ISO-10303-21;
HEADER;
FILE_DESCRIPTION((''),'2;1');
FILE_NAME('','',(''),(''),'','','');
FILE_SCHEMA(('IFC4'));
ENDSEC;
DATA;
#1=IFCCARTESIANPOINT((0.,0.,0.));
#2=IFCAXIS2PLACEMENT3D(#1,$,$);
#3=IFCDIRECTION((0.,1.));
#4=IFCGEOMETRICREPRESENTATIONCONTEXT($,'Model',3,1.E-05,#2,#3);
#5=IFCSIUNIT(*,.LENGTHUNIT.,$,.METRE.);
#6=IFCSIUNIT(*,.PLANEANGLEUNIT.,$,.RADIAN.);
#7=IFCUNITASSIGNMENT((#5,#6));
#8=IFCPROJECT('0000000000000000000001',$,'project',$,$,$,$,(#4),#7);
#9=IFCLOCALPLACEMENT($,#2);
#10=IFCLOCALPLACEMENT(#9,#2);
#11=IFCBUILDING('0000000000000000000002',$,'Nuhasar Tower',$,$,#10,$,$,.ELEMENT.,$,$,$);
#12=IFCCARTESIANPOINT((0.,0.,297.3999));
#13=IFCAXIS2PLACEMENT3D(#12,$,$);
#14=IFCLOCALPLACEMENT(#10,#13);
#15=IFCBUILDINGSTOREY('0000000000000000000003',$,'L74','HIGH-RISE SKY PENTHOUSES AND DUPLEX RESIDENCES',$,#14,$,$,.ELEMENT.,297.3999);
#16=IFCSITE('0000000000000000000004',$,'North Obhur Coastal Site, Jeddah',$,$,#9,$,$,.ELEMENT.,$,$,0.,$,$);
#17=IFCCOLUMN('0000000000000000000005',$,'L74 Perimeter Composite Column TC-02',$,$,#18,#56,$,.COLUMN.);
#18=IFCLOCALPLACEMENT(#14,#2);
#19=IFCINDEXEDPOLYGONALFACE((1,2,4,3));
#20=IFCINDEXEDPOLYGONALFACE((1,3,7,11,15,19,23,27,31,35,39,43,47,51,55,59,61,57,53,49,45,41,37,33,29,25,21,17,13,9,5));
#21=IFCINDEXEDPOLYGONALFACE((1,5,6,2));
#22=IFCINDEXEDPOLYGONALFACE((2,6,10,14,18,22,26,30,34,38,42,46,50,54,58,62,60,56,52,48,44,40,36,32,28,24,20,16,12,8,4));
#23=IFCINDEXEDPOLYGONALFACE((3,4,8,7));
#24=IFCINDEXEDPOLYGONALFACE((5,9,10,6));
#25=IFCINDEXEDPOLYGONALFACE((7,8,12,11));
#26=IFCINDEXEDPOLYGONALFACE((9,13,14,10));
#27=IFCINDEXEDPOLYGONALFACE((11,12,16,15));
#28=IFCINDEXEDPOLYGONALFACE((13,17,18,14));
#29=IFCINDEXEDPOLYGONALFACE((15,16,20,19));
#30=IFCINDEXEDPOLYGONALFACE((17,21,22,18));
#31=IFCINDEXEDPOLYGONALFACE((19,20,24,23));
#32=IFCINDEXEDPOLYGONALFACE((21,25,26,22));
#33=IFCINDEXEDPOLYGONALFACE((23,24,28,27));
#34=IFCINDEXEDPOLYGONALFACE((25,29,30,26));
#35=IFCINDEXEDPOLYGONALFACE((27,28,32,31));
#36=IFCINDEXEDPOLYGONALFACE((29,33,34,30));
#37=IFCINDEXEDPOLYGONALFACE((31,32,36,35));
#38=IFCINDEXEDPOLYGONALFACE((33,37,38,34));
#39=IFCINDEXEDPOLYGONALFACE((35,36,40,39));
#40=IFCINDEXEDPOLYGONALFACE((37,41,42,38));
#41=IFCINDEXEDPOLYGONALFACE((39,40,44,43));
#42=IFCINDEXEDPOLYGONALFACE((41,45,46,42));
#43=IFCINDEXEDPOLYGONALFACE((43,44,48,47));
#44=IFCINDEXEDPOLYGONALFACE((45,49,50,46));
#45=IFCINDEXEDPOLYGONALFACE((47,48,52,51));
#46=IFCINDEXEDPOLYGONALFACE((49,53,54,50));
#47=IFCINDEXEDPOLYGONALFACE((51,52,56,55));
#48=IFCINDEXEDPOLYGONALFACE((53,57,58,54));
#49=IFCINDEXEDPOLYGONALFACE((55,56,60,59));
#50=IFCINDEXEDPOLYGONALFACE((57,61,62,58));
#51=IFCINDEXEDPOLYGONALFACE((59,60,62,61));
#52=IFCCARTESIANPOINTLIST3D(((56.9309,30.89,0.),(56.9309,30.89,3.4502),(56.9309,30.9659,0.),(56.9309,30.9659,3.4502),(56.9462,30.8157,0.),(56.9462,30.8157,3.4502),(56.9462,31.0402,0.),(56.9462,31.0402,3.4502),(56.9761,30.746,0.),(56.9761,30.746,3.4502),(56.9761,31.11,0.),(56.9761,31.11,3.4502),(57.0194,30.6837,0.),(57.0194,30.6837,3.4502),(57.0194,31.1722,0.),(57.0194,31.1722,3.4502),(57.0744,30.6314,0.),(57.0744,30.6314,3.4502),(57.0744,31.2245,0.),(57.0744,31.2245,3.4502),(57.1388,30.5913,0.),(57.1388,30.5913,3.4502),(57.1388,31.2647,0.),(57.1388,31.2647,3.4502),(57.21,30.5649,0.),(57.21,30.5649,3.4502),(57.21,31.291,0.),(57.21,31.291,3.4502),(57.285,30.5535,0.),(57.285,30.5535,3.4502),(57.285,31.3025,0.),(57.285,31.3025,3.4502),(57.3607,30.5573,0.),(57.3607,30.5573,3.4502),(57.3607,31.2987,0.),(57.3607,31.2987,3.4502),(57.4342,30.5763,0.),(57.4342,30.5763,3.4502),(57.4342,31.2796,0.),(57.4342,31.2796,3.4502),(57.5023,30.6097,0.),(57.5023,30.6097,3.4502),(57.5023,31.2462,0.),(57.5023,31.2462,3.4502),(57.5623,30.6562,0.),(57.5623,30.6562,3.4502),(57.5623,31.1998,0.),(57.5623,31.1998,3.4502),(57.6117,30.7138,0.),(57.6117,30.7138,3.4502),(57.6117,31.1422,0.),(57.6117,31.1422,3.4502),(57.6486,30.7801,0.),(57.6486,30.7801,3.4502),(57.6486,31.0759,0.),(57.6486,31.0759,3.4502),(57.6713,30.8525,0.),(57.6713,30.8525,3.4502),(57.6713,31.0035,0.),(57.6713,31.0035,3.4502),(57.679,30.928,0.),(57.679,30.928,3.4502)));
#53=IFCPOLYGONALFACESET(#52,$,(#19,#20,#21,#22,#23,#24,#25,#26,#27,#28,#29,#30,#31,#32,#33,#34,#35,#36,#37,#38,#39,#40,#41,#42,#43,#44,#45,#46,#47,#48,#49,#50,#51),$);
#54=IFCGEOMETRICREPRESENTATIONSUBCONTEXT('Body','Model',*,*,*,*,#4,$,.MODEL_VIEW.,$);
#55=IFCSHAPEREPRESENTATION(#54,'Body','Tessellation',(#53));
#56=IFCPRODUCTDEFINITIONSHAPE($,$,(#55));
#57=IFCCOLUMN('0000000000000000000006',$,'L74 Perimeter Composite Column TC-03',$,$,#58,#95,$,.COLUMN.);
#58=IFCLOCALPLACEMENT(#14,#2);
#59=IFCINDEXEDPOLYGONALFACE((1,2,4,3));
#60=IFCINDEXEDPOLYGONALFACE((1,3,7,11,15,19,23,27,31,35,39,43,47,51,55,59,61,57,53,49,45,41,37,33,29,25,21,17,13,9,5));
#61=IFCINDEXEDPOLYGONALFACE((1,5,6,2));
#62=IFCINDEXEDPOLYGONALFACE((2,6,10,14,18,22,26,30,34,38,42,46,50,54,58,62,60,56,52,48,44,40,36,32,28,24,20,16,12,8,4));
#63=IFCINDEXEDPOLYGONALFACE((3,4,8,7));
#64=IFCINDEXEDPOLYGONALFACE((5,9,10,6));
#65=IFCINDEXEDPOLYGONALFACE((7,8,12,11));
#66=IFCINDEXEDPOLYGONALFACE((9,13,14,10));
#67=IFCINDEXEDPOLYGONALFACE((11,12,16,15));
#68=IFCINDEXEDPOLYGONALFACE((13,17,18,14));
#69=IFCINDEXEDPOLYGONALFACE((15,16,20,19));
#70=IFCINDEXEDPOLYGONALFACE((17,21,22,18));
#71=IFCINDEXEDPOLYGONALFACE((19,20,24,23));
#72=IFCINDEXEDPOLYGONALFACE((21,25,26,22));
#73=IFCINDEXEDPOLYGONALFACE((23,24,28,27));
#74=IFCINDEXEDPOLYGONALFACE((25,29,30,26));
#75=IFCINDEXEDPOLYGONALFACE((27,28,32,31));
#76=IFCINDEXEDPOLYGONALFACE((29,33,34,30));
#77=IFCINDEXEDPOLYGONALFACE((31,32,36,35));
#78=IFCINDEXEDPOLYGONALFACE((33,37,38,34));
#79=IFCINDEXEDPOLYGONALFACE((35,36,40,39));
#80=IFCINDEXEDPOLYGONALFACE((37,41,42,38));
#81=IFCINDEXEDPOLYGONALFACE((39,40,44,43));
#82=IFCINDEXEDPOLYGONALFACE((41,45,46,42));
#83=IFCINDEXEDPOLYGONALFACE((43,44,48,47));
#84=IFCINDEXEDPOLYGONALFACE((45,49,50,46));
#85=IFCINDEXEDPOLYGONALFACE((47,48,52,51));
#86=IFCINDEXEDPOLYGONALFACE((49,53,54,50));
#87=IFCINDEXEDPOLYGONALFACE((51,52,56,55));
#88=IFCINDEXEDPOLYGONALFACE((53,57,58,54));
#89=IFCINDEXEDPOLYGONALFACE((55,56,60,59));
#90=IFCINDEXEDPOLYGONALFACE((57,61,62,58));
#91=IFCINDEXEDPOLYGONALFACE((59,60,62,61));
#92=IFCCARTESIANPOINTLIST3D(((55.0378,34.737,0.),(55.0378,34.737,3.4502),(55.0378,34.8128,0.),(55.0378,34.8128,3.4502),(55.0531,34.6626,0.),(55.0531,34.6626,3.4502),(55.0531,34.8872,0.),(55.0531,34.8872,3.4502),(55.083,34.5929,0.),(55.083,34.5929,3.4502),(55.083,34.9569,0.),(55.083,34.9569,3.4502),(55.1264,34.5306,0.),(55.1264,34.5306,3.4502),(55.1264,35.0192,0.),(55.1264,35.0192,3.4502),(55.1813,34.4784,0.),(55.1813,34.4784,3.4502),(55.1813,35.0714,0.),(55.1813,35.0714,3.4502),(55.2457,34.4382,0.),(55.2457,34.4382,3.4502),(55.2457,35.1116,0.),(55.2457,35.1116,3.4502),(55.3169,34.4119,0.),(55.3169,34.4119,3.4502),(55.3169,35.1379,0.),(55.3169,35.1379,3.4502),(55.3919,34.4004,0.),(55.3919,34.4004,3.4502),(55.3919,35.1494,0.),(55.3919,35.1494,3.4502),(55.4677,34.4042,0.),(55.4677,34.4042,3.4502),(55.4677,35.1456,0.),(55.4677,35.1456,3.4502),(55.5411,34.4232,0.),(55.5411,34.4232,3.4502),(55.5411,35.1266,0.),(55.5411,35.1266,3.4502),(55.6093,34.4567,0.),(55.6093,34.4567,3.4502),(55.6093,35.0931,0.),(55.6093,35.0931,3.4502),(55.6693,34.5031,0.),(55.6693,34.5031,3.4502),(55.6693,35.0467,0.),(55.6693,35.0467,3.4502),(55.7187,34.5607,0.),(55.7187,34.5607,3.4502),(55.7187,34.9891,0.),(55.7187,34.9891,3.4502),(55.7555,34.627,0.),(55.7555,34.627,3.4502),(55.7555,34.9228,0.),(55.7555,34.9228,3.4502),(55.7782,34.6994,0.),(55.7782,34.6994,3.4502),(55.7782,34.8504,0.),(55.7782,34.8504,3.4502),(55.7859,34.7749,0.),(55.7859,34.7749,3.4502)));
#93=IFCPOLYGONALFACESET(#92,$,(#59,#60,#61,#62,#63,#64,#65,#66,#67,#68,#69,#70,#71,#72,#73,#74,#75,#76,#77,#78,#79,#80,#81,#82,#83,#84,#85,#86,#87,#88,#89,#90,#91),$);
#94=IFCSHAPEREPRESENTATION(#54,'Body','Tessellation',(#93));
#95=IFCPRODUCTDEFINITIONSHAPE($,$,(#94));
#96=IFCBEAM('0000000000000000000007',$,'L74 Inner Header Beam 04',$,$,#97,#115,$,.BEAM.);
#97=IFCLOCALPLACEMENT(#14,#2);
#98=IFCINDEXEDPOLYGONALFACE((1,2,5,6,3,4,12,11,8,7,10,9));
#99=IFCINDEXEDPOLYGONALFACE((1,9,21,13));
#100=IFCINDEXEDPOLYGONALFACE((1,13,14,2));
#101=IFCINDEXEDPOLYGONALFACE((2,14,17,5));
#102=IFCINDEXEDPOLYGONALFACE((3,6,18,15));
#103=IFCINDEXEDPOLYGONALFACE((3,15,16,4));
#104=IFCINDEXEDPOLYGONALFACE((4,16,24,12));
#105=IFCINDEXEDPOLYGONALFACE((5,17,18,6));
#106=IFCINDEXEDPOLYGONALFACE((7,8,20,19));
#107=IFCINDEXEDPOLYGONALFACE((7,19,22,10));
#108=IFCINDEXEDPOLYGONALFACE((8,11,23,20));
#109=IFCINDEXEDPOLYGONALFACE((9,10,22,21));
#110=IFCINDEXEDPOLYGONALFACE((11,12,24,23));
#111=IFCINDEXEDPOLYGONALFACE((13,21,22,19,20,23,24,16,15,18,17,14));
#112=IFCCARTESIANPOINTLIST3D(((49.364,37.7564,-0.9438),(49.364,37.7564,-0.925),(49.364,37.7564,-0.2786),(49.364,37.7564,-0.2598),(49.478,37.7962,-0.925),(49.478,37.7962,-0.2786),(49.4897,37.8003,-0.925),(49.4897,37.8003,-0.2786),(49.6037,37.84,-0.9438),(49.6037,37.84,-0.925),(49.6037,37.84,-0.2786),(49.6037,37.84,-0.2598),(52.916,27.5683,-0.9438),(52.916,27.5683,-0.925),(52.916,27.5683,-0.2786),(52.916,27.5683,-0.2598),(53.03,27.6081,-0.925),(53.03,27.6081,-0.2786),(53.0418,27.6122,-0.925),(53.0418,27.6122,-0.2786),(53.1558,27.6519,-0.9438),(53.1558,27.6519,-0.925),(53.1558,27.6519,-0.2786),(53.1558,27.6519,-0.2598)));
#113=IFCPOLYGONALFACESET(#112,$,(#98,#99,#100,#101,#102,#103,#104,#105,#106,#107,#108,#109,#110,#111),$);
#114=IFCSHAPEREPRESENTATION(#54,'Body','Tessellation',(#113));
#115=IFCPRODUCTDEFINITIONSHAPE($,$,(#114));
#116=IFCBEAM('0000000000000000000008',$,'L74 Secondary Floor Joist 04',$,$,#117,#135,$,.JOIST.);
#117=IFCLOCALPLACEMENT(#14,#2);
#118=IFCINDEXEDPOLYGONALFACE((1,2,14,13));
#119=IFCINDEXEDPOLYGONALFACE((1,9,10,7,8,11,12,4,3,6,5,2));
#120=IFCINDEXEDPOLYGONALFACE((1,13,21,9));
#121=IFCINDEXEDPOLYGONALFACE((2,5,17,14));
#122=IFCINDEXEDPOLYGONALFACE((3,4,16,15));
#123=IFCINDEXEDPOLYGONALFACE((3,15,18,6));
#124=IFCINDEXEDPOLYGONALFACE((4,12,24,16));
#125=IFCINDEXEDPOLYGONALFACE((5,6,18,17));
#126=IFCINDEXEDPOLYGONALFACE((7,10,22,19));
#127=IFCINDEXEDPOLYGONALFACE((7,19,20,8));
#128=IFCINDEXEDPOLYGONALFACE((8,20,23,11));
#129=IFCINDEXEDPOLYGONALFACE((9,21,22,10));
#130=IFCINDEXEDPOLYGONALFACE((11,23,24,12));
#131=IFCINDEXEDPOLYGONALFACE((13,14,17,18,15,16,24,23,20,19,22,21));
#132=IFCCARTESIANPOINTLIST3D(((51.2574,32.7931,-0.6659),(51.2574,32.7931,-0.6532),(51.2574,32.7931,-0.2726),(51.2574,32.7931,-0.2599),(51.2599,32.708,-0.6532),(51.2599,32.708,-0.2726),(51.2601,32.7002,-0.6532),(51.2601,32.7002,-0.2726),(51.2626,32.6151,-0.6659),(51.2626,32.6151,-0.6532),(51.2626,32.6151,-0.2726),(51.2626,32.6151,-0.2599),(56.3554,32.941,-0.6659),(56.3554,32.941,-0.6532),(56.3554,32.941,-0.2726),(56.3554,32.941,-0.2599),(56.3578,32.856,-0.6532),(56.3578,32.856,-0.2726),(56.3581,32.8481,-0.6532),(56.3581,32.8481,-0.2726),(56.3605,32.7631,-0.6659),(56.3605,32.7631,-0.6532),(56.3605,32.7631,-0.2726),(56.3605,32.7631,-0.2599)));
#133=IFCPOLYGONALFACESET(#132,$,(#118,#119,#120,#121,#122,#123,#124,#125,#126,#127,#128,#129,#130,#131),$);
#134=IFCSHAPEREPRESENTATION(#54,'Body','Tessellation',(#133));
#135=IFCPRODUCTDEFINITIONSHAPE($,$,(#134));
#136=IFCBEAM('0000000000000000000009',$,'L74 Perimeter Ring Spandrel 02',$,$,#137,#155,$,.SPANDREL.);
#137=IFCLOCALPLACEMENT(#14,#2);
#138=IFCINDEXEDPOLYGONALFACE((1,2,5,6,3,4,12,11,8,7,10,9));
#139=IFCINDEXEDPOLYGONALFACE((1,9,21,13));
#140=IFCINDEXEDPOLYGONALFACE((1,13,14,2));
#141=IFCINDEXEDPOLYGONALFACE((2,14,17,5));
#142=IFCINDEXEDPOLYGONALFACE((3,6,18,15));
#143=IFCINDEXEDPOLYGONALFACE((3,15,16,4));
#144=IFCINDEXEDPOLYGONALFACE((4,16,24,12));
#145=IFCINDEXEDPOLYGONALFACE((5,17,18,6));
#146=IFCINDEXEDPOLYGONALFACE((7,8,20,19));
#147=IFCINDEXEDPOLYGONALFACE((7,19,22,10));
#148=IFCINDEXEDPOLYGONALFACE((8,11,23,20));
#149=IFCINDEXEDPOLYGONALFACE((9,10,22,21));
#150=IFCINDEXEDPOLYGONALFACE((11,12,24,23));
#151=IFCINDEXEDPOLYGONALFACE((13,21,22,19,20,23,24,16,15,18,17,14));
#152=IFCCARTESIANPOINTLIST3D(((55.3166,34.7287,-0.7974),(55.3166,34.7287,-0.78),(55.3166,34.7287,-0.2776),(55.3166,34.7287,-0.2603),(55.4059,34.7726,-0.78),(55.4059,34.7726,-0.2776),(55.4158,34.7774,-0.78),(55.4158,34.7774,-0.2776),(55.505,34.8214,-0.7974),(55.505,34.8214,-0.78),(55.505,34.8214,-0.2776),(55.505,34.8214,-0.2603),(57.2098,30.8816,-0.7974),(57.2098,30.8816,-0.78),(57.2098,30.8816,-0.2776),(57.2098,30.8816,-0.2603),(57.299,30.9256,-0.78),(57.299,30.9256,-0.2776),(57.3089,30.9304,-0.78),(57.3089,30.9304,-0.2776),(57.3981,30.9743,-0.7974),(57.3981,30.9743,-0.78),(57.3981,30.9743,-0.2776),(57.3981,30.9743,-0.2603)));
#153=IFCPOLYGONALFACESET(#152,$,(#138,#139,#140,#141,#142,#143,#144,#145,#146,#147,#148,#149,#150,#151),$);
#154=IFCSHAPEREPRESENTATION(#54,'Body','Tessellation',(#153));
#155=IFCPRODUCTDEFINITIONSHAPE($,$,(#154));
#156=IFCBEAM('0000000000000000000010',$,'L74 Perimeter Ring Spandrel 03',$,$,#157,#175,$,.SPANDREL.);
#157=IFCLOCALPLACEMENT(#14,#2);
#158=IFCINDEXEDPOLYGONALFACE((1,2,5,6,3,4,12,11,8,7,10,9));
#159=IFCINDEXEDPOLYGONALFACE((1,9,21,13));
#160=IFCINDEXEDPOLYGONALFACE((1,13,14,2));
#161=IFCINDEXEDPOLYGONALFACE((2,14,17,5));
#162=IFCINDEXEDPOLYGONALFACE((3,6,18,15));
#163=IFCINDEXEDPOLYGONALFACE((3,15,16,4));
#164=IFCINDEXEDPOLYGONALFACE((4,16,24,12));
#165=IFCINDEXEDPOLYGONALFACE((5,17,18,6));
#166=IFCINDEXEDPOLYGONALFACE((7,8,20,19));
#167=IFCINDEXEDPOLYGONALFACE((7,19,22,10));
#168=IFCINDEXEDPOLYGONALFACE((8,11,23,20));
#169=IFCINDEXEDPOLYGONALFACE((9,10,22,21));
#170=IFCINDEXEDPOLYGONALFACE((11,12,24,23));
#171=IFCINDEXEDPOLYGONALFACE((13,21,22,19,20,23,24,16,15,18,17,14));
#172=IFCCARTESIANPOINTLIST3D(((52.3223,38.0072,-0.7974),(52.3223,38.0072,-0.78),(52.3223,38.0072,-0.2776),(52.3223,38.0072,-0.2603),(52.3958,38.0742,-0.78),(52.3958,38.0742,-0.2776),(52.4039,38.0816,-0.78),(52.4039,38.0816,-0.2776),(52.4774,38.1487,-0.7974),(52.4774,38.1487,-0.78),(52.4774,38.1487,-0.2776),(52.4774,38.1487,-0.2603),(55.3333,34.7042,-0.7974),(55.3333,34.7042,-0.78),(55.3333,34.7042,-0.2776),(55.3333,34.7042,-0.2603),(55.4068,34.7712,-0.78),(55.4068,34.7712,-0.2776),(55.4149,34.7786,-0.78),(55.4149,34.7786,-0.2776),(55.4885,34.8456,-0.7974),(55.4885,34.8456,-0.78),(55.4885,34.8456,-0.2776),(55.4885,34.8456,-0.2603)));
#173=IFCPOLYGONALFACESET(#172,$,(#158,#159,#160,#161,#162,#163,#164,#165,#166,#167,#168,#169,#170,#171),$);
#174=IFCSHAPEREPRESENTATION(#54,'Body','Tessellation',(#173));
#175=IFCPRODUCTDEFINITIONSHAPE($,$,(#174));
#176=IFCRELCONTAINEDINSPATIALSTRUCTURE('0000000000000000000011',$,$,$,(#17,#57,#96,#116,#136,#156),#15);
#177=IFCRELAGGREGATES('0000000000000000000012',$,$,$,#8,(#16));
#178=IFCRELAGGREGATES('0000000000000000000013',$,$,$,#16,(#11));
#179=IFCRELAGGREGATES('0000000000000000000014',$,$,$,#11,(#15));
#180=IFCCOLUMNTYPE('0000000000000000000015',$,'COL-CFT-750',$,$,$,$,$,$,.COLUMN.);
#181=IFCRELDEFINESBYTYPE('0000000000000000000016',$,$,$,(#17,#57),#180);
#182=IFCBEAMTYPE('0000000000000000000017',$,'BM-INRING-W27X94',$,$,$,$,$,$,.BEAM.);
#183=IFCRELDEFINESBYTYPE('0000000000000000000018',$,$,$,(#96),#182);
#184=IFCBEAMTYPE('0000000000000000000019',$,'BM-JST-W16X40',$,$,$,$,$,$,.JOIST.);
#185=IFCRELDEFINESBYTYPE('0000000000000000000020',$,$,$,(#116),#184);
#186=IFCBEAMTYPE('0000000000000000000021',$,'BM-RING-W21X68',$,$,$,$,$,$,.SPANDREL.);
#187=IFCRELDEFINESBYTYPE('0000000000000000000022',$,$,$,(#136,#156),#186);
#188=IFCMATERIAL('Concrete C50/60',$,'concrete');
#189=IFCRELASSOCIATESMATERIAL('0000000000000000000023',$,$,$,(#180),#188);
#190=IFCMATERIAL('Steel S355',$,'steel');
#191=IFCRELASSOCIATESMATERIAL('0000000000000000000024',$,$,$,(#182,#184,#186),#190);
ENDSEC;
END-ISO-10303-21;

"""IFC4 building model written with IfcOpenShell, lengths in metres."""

from ifc_helpers import new_model, si_unit, direction, frame, origin, origin_2d, place, context, subcontext, project, spatial, circle, i_section, extrude, material, material_profile, profile_set, type_object, element, save


model = new_model("IFC4")

# Units and contexts
model_context = context("Model", 3, precision=1e-05, world=origin(), true_north=direction((0.0, 1.0)))
body_context = subcontext(model_context, "Body", "Model", "MODEL_VIEW")
ifc_project = project(units=[si_unit("LENGTHUNIT", "METRE"), si_unit("PLANEANGLEUNIT", "RADIAN")], contexts=[model_context])

# Site, building, storey
site_placement = place(None, origin())
site = spatial("IfcSite", under=ifc_project, at=site_placement, Name="North Obhur Coastal Site, Jeddah", CompositionType="ELEMENT", RefElevation=0.0)
building_placement = place(site_placement, origin())
building = spatial("IfcBuilding", under=site, at=building_placement, Name="Nuhasar Tower", CompositionType="ELEMENT")
storey_placement = place(building_placement, frame((0.0, 0.0, 297.3999)))
storey = spatial("IfcBuildingStorey", under=building, at=storey_placement, Name="L74", Description="HIGH-RISE SKY PENTHOUSES AND DUPLEX RESIDENCES", CompositionType="ELEMENT", Elevation=297.3999)

# Columns
ifc_material_1 = material(Name="Concrete C50/60", Category="concrete")
ifc_material_profile_1 = material_profile(ifc_material_1, circle(Radius=0.375, at=origin_2d()), Name="CFT750")
ifc_profile_set_1 = profile_set([ifc_material_profile_1], Name="Concrete C50/60")
column_type = type_object("IfcColumnType", Name="COL-CFT-750", PredefinedType="COLUMN", material=ifc_profile_set_1)
for number, where, z_axis, x_axis, name in (
    (1, (57.304, 30.928, 0.0), (0.0, 0.0, 1.0), (1.0, 0.0, 0.0), "L74 Perimeter Composite Column TC-02"),
    (2, (55.4109, 34.7749, 0.0), (0.0, 0.0, 1.0), (1.0, 0.0, 0.0), "L74 Perimeter Composite Column TC-03"),
):
    element("IfcColumn", number, at=place(storey_placement, frame(where, z_axis=z_axis, x_axis=x_axis)), inside=storey, type_object=column_type, Name=name, PredefinedType="COLUMN", context=body_context, shape_type="SweptSolid", body=[
        extrude(circle(Radius=0.375, at=origin_2d()), origin(), (0.0, 0.0, 1.0), 3.4502),
    ])

# Beams
ifc_material_2 = material(Name="Steel S355", Category="steel")
ifc_material_profile_2 = material_profile(ifc_material_2, i_section(OverallWidth=0.2539, OverallDepth=0.6841, WebThickness=0.0125, FlangeThickness=0.0188, at=origin_2d()), Name="W27X94")
ifc_profile_set_2 = profile_set([ifc_material_profile_2], Name="Steel S355")
beam_type_1 = type_object("IfcBeamType", Name="BM-INRING-W27X94", PredefinedType="BEAM", material=ifc_profile_set_2)
beam_1_placement = place(storey_placement, frame((53.0359, 27.6101, -0.6018), z_axis=(-0.329211, 0.944256, 0.0), x_axis=(-0.944256, -0.329211, 0.0)))
element("IfcBeam", 3, at=beam_1_placement, inside=storey, type_object=beam_type_1, Name="L74 Inner Header Beam 04", PredefinedType="BEAM", context=body_context, shape_type="SweptSolid", body=[
    extrude(i_section(OverallWidth=0.2539, OverallDepth=0.6841, WebThickness=0.0125, FlangeThickness=0.0188, at=origin_2d()), origin(), (0.0, 0.0, 1.0), 10.7896),
])
ifc_material_profile_3 = material_profile(ifc_material_2, i_section(OverallWidth=0.178, OverallDepth=0.406, WebThickness=0.0078, FlangeThickness=0.0127, at=origin_2d()), Name="W16X40")
ifc_profile_set_3 = profile_set([ifc_material_profile_3], Name="Steel S355")
beam_type_2 = type_object("IfcBeamType", Name="BM-JST-W16X40", PredefinedType="JOIST", material=ifc_profile_set_3)
beam_2_placement = place(storey_placement, frame((51.26, 32.7041, -0.4629), z_axis=(0.999579, 0.029009, 0.0), x_axis=(-0.029009, 0.999579, 0.0)))
element("IfcBeam", 4, at=beam_2_placement, inside=storey, type_object=beam_type_2, Name="L74 Secondary Floor Joist 04", PredefinedType="JOIST", context=body_context, shape_type="SweptSolid", body=[
    extrude(i_section(OverallWidth=0.178, OverallDepth=0.406, WebThickness=0.0078, FlangeThickness=0.0127, at=origin_2d()), origin(), (0.0, 0.0, 1.0), 5.1001),
])
ifc_material_profile_4 = material_profile(ifc_material_2, i_section(OverallWidth=0.21, OverallDepth=0.5371, WebThickness=0.011, FlangeThickness=0.0173, at=origin_2d()), Name="W21X68")
ifc_profile_set_4 = profile_set([ifc_material_profile_4], Name="Steel S355")
beam_type_3 = type_object("IfcBeamType", Name="BM-RING-W21X68", PredefinedType="SPANDREL", material=ifc_profile_set_4)
beam_3_placement = place(storey_placement, frame((57.304, 30.928, -0.5288), z_axis=(-0.441533, 0.897245, 0.0), x_axis=(-0.897245, -0.441533, 0.0)))
element("IfcBeam", 5, at=beam_3_placement, inside=storey, type_object=beam_type_3, Name="L74 Perimeter Ring Spandrel 02", PredefinedType="SPANDREL", context=body_context, shape_type="SweptSolid", body=[
    extrude(i_section(OverallWidth=0.21, OverallDepth=0.5371, WebThickness=0.011, FlangeThickness=0.0173, at=origin_2d()), origin(), (0.0, 0.0, 1.0), 4.2876),
])
beam_4_placement = place(storey_placement, frame((55.4109, 34.7749, -0.5288), z_axis=(-0.673686, 0.739017, 0.0), x_axis=(-0.739017, -0.673686, 0.0)))
element("IfcBeam", 6, at=beam_4_placement, inside=storey, type_object=beam_type_3, Name="L74 Perimeter Ring Spandrel 03", PredefinedType="SPANDREL", context=body_context, shape_type="SweptSolid", body=[
    extrude(i_section(OverallWidth=0.21, OverallDepth=0.5371, WebThickness=0.011, FlangeThickness=0.0173, at=origin_2d()), origin(), (0.0, 0.0, 1.0), 4.4695),
])

save(model, "model.ifc")
